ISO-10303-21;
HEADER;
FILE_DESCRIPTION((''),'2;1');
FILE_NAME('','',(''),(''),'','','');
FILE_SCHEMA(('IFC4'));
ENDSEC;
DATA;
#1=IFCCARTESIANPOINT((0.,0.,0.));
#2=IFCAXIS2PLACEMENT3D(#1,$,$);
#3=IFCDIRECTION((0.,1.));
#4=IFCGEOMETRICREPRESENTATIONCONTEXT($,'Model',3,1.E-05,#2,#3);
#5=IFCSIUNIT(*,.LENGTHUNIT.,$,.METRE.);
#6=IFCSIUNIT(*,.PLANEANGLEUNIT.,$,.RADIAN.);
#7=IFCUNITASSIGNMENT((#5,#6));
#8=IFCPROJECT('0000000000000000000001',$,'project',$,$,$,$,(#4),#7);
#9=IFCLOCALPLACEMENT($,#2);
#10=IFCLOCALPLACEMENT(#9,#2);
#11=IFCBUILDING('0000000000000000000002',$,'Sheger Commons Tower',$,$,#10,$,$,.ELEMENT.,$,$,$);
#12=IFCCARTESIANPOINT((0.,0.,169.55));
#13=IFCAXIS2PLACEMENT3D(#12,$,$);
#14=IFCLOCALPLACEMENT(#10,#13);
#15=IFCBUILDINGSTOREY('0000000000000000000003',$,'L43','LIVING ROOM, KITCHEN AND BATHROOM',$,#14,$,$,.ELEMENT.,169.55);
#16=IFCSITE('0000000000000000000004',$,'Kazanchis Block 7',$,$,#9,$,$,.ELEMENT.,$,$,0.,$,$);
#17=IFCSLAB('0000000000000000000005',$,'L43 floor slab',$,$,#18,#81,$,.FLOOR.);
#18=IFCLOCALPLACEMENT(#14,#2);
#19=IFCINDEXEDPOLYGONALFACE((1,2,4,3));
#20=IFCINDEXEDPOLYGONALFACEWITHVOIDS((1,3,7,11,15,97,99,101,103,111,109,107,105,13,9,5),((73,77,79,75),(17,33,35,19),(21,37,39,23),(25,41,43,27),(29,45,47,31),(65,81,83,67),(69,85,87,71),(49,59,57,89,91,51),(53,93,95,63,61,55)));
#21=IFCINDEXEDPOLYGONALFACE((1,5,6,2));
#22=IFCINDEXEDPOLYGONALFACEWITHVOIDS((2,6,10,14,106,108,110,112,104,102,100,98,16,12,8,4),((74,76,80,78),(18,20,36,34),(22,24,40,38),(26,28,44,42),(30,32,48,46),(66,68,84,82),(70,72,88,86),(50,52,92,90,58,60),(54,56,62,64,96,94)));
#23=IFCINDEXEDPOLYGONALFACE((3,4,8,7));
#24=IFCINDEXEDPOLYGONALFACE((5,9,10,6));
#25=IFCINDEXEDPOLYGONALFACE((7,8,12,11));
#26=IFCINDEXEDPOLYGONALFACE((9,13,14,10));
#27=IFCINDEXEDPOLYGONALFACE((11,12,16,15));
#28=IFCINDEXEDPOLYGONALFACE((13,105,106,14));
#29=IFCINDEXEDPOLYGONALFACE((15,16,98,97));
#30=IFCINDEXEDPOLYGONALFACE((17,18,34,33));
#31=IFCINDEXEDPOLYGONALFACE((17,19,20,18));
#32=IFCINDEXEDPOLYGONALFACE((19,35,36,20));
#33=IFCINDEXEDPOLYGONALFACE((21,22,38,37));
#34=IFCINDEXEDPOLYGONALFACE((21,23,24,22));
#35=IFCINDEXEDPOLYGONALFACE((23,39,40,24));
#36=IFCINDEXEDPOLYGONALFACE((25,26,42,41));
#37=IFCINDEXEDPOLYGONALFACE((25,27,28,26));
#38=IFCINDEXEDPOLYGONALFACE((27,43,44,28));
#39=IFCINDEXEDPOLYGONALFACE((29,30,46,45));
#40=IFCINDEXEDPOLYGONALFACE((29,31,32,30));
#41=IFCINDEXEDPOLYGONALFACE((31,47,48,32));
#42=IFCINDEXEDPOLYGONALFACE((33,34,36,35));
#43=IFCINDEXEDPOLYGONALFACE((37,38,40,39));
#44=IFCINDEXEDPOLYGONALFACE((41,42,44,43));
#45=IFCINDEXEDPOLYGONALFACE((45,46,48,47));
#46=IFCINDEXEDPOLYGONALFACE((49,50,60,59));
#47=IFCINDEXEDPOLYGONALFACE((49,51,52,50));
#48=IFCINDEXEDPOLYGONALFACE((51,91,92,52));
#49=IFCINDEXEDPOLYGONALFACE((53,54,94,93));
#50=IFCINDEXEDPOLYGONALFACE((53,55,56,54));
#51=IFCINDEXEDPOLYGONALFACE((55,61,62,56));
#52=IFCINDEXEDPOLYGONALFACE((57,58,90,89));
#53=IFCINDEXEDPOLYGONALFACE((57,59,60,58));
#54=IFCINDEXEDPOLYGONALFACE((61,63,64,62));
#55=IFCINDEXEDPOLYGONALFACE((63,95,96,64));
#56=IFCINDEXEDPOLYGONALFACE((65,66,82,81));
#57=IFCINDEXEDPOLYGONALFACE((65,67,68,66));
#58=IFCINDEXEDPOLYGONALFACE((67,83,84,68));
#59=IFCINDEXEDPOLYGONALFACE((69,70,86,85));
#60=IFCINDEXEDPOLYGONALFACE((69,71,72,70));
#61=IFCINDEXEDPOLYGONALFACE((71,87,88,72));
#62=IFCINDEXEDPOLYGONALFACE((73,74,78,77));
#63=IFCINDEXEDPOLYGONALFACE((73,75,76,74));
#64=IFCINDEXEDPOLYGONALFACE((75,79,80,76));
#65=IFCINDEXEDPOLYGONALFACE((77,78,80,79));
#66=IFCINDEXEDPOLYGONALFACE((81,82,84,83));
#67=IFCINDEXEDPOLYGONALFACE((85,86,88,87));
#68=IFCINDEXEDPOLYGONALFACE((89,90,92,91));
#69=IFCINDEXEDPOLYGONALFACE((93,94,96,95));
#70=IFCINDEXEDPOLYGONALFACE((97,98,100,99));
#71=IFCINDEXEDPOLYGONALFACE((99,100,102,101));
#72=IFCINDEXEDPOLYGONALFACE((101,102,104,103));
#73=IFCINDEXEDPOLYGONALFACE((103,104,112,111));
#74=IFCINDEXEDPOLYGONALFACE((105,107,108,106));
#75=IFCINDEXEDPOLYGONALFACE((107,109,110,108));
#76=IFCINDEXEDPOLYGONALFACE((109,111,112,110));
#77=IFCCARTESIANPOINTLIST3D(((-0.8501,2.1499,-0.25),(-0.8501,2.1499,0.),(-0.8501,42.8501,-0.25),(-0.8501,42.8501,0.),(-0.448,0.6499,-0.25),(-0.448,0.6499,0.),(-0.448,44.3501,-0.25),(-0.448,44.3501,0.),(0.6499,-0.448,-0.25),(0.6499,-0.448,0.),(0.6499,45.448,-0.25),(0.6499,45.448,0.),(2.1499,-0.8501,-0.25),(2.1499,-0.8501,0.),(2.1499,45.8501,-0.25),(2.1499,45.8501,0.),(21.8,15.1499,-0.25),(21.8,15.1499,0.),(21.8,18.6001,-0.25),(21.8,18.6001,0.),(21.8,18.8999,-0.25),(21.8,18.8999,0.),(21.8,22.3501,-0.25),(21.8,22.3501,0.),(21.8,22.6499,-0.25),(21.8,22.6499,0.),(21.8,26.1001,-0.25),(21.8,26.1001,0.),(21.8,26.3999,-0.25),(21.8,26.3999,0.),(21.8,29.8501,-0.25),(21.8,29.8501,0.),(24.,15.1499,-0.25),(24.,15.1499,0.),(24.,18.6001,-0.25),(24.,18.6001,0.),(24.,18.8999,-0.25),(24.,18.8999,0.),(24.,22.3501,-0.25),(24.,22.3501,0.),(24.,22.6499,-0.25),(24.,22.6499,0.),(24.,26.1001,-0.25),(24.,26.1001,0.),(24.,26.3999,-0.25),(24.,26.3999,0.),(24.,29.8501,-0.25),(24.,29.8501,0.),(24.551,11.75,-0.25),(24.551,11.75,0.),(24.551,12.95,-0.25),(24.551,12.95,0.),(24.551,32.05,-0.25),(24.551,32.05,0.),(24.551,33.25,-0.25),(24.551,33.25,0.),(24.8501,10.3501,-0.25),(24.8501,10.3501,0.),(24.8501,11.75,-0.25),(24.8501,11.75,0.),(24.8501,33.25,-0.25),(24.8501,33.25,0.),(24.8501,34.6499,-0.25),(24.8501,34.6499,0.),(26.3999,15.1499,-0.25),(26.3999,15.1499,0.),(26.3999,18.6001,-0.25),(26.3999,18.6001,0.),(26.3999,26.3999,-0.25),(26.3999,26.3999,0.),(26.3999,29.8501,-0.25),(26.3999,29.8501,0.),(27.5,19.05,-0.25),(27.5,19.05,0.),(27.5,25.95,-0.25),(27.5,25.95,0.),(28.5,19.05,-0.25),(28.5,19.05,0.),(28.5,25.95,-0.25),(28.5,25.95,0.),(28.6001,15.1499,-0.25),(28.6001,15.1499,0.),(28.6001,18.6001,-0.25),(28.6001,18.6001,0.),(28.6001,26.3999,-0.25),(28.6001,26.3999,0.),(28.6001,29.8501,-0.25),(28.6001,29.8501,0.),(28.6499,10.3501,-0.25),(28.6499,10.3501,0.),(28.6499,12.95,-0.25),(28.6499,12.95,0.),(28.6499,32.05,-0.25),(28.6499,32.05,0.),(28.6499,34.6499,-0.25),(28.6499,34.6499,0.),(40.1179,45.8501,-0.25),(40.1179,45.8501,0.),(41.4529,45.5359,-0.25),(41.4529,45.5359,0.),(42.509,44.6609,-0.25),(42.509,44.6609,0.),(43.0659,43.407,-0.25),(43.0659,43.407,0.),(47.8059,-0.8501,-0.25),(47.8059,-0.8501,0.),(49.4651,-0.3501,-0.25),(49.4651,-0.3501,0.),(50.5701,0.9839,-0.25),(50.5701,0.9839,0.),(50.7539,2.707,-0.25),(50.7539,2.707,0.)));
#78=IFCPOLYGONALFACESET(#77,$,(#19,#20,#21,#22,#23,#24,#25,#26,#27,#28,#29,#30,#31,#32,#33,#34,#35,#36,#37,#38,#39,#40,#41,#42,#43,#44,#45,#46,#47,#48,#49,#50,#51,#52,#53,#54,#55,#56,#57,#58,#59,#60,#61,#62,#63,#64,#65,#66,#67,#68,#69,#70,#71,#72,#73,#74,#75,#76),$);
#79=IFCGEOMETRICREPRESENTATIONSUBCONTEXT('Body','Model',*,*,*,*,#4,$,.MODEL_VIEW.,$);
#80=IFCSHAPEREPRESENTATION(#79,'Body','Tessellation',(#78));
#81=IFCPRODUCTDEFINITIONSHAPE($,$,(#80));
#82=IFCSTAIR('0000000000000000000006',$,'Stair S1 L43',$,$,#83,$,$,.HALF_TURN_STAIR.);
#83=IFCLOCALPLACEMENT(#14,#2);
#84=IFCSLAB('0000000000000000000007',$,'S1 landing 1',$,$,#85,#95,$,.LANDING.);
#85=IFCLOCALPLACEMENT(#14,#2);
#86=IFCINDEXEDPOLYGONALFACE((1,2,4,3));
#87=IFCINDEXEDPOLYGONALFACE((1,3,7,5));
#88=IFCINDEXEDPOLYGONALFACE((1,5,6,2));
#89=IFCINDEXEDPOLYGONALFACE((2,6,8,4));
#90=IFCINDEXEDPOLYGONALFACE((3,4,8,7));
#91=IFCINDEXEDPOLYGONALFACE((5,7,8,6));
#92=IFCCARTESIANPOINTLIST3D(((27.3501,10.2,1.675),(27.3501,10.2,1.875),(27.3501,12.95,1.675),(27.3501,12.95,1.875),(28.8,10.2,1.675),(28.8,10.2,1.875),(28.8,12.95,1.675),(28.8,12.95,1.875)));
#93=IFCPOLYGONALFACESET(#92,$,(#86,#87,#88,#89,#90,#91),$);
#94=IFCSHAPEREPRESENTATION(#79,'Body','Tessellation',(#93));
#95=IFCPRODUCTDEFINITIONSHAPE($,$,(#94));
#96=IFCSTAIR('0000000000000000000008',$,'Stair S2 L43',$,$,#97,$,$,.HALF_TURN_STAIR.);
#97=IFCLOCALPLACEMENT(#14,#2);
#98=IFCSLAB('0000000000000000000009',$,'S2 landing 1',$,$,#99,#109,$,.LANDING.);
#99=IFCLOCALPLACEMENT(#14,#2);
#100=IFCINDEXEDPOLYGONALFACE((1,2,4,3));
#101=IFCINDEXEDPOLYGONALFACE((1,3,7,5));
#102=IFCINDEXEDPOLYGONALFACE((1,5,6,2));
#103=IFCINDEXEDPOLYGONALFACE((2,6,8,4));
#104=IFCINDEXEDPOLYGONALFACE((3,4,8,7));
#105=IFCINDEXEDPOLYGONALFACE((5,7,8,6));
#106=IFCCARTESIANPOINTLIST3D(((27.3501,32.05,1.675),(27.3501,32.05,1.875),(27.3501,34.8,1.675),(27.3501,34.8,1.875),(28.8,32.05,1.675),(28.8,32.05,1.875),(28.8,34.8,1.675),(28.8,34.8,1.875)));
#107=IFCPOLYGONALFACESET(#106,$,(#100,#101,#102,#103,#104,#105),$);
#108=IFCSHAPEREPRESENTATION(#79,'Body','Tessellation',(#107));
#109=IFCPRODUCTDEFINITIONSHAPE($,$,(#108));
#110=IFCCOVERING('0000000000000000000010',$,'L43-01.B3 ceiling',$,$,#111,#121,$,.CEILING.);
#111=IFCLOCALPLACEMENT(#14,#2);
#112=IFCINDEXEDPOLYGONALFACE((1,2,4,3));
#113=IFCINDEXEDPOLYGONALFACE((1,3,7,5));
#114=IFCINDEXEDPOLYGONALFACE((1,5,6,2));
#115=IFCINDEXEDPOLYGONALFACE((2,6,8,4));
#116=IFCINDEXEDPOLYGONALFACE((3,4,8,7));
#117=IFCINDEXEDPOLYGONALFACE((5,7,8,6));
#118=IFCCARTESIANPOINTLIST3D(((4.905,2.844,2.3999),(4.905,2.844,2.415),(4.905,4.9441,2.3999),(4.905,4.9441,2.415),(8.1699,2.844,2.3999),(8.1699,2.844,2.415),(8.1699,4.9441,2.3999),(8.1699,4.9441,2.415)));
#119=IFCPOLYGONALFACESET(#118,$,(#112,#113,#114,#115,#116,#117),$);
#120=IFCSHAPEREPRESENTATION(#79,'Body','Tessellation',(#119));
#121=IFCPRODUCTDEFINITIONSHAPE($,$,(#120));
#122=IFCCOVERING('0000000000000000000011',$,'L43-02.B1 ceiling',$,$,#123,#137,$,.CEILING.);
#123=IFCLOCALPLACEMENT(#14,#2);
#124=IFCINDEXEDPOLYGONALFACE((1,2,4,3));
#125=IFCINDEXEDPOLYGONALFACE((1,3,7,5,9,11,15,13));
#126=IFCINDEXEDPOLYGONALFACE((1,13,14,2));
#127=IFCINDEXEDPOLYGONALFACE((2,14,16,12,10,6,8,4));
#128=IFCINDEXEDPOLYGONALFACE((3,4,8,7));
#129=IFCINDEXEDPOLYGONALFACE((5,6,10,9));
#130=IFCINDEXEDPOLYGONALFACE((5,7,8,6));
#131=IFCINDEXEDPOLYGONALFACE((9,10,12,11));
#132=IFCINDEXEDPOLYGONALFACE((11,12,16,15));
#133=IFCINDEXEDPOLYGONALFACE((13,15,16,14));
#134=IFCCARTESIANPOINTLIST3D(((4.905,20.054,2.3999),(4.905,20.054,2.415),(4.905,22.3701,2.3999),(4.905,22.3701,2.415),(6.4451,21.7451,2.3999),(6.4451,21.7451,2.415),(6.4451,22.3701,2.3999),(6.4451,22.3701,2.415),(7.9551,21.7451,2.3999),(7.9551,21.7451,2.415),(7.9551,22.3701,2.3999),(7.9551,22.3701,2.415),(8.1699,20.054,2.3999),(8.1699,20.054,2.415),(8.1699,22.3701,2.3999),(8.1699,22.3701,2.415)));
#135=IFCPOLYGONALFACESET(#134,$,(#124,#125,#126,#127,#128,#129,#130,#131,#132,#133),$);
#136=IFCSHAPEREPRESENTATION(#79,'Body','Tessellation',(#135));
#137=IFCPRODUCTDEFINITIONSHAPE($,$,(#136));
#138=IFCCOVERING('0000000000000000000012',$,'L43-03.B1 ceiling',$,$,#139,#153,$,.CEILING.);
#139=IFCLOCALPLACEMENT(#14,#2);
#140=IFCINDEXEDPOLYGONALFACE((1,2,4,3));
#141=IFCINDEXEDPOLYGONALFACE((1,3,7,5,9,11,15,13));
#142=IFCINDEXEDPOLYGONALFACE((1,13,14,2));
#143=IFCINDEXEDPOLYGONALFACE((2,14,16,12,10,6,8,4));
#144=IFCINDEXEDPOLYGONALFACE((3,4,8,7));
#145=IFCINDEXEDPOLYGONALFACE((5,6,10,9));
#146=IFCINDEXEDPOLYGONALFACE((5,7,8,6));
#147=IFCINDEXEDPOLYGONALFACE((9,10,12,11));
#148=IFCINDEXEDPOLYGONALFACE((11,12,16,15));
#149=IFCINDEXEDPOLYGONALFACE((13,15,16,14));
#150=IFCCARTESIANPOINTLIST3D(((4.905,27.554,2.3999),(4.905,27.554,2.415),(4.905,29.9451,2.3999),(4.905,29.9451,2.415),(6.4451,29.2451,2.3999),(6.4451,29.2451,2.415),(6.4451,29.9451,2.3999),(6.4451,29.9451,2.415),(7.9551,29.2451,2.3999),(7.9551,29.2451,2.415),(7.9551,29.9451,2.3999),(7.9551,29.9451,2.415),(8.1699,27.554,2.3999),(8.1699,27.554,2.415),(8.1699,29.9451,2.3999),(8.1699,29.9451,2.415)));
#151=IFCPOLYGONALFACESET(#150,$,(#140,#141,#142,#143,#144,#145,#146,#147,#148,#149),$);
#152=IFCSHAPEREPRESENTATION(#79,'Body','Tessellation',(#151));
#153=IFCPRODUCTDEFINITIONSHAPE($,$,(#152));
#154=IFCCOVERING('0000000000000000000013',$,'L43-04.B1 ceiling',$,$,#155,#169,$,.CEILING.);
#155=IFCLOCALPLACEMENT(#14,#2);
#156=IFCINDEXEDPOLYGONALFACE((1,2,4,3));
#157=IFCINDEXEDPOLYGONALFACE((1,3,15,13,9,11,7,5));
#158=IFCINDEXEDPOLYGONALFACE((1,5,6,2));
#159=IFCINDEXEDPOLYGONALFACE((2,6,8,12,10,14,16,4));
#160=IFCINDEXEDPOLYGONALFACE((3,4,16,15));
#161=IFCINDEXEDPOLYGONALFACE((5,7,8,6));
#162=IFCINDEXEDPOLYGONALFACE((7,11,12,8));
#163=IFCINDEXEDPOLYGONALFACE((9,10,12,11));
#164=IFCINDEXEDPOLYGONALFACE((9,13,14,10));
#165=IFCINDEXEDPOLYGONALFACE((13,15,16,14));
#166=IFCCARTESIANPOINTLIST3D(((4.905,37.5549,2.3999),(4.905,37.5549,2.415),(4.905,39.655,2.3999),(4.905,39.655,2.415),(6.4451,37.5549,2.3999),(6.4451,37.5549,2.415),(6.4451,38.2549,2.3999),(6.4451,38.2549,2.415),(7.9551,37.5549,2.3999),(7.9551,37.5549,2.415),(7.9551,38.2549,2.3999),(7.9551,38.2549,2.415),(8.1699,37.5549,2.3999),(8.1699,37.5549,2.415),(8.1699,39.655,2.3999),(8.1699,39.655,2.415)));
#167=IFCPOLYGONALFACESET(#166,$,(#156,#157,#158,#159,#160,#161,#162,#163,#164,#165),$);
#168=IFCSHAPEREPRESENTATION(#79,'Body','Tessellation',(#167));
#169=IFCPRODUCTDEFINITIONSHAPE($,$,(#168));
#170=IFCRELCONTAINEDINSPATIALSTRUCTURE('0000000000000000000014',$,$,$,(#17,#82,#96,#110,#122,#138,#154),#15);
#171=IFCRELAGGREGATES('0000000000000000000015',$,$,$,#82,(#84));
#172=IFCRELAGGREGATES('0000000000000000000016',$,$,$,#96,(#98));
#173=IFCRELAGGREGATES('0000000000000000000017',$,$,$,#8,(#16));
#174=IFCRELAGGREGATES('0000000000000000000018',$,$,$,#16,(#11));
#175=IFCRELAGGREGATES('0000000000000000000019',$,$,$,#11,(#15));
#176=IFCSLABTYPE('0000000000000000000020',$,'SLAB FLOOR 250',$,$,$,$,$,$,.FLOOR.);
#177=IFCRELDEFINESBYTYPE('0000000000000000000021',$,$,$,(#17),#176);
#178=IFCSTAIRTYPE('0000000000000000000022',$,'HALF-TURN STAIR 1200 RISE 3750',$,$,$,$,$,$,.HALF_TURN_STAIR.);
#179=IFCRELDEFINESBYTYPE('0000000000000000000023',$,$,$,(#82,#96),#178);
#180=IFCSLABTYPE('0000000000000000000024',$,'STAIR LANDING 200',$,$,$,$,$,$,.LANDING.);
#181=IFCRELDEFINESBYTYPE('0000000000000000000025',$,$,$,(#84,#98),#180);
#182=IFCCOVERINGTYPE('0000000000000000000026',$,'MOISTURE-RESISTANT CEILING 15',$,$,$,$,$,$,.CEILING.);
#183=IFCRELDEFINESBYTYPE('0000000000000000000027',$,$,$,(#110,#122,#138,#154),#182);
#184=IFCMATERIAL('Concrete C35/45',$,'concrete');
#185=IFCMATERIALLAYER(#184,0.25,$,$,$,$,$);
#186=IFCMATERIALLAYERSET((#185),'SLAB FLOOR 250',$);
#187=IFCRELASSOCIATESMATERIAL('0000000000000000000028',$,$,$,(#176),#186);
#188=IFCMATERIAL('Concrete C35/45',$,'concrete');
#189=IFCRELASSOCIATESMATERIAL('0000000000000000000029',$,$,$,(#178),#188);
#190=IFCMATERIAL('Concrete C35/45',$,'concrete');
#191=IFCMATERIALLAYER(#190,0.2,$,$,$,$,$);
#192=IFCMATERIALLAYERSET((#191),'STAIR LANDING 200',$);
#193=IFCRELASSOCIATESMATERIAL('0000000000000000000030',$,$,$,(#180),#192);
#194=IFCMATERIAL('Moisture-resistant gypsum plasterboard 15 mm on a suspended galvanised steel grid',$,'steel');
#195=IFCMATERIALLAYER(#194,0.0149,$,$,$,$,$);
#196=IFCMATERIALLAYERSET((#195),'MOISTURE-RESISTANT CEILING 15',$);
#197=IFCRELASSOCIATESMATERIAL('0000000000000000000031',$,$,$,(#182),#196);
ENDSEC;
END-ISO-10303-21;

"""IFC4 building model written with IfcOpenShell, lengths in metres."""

from ifc_helpers import new_model, si_unit, direction, frame, origin, place, context, subcontext, project, spatial, polyline, outline, extrude, material, layer, layer_set, type_object, element, aggregate, save


model = new_model("IFC4")

# Units and contexts
model_context = context("Model", 3, precision=1e-05, world=origin(), true_north=direction((0.0, 1.0)))
body_context = subcontext(model_context, "Body", "Model", "MODEL_VIEW")
ifc_project = project(units=[si_unit("LENGTHUNIT", "METRE"), si_unit("PLANEANGLEUNIT", "RADIAN")], contexts=[model_context])

# Site, building, storey
site_placement = place(None, origin())
site = spatial("IfcSite", under=ifc_project, at=site_placement, Name="Kazanchis Block 7", CompositionType="ELEMENT", RefElevation=0.0)
building_placement = place(site_placement, origin())
building = spatial("IfcBuilding", under=site, at=building_placement, Name="Sheger Commons Tower", CompositionType="ELEMENT")
storey_placement = place(building_placement, frame((0.0, 0.0, 169.55)))
storey = spatial("IfcBuildingStorey", under=building, at=storey_placement, Name="L43", Description="LIVING ROOM, KITCHEN AND BATHROOM", CompositionType="ELEMENT", Elevation=169.55)

# Slab
ifc_material_1 = material(Name="Concrete C35/45", Category="concrete")
ifc_layer_1 = layer(ifc_material_1, 0.25)
ifc_layer_set_1 = layer_set([ifc_layer_1], Name="SLAB FLOOR 250")
slab_type_1 = type_object("IfcSlabType", Name="SLAB FLOOR 250", PredefinedType="FLOOR", material=ifc_layer_set_1)
slab_1_placement = place(storey_placement, frame((0.0, 0.0, -0.25)))
element("IfcSlab", 1, at=slab_1_placement, inside=storey, type_object=slab_type_1, Name="L43 floor slab", PredefinedType="FLOOR", context=body_context, shape_type="SweptSolid", body=[
    extrude(outline(polyline([(-0.8501, 2.1499), (-0.448, 0.6499), (0.6499, -0.448), (2.1499, -0.8501), (47.8059, -0.8501), (49.4651, -0.3501), (50.5701, 0.9839), (50.7539, 2.707), (43.0659, 43.407), (42.509, 44.6609), (41.4529, 45.5359), (40.1179, 45.8501), (2.1499, 45.8501), (0.6499, 45.448), (-0.448, 44.3501), (-0.8501, 42.8501), (-0.8501, 2.1499)]), holes=[polyline([(24.8501, 10.3501), (28.6499, 10.3501), (28.6499, 12.95), (24.551, 12.95), (24.551, 11.75), (24.8501, 11.75), (24.8501, 10.3501)]), polyline([(24.551, 32.05), (28.6499, 32.05), (28.6499, 34.6499), (24.8501, 34.6499), (24.8501, 33.25), (24.551, 33.25), (24.551, 32.05)]), polyline([(26.3999, 15.1499), (28.6001, 15.1499), (28.6001, 18.6001), (26.3999, 18.6001), (26.3999, 15.1499)]), polyline([(26.3999, 26.3999), (28.6001, 26.3999), (28.6001, 29.8501), (26.3999, 29.8501), (26.3999, 26.3999)]), polyline([(21.8, 15.1499), (24.0, 15.1499), (24.0, 18.6001), (21.8, 18.6001), (21.8, 15.1499)]), polyline([(21.8, 18.8999), (24.0, 18.8999), (24.0, 22.3501), (21.8, 22.3501), (21.8, 18.8999)]), polyline([(21.8, 22.6499), (24.0, 22.6499), (24.0, 26.1001), (21.8, 26.1001), (21.8, 22.6499)]), polyline([(21.8, 26.3999), (24.0, 26.3999), (24.0, 29.8501), (21.8, 29.8501), (21.8, 26.3999)]), polyline([(27.5, 19.05), (28.5, 19.05), (28.5, 25.95), (27.5, 25.95), (27.5, 19.05)])]), origin(), (0.0, 0.0, 1.0), 0.25),
])

# Stairs, slabs
ifc_material_2 = material(Name="Concrete C35/45", Category="concrete")
stair_type = type_object("IfcStairType", Name="HALF-TURN STAIR 1200 RISE 3750", PredefinedType="HALF_TURN_STAIR", material=ifc_material_2)
stair_1_placement = place(storey_placement, origin())
stair_1 = element("IfcStair", 2, at=stair_1_placement, inside=storey, type_object=stair_type, Name="Stair S1 L43", PredefinedType="HALF_TURN_STAIR")
ifc_material_3 = material(Name="Concrete C35/45", Category="concrete")
ifc_layer_2 = layer(ifc_material_3, 0.2)
ifc_layer_set_2 = layer_set([ifc_layer_2], Name="STAIR LANDING 200")
slab_type_2 = type_object("IfcSlabType", Name="STAIR LANDING 200", PredefinedType="LANDING", material=ifc_layer_set_2)
slab_2_placement = place(storey_placement, frame((0.0, 0.0, 1.675)))
slab_2 = element("IfcSlab", 3, at=slab_2_placement, type_object=slab_type_2, Name="S1 landing 1", PredefinedType="LANDING", context=body_context, shape_type="SweptSolid", body=[
    extrude(outline(polyline([(27.3501, 10.2), (28.8, 10.2), (28.8, 12.95), (27.3501, 12.95), (27.3501, 10.2)])), origin(), (0.0, 0.0, 1.0), 0.2),
])
aggregate(stair_1, [slab_2])
stair_2_placement = place(storey_placement, origin())
stair_2 = element("IfcStair", 4, at=stair_2_placement, inside=storey, type_object=stair_type, Name="Stair S2 L43", PredefinedType="HALF_TURN_STAIR")
slab_3_placement = place(storey_placement, frame((0.0, 0.0, 1.675)))
slab_3 = element("IfcSlab", 5, at=slab_3_placement, type_object=slab_type_2, Name="S2 landing 1", PredefinedType="LANDING", context=body_context, shape_type="SweptSolid", body=[
    extrude(outline(polyline([(27.3501, 32.05), (28.8, 32.05), (28.8, 34.8), (27.3501, 34.8), (27.3501, 32.05)])), origin(), (0.0, 0.0, 1.0), 0.2),
])
aggregate(stair_2, [slab_3])

# Coverings
ifc_material_4 = material(Name="Moisture-resistant gypsum plasterboard 15 mm on a suspended galvanised steel grid", Category="steel")
ifc_layer_3 = layer(ifc_material_4, 0.0149)
ifc_layer_set_3 = layer_set([ifc_layer_3], Name="MOISTURE-RESISTANT CEILING 15")
covering_type_1 = type_object("IfcCoveringType", Name="MOISTURE-RESISTANT CEILING 15", PredefinedType="CEILING", material=ifc_layer_set_3)
covering_1_placement = place(storey_placement, frame((0.0, 0.0, 2.3999)))
element("IfcCovering", 6, at=covering_1_placement, inside=storey, type_object=covering_type_1, Name="L43-01.B3 ceiling", PredefinedType="CEILING", context=body_context, shape_type="SweptSolid", body=[
    extrude(outline(polyline([(4.905, 2.844), (8.1699, 2.844), (8.1699, 4.9441), (4.905, 4.9441), (4.905, 2.844)])), origin(), (0.0, 0.0, 1.0), 0.0151),
])
covering_2_placement = place(storey_placement, frame((0.0, 0.0, 2.3999)))
element("IfcCovering", 7, at=covering_2_placement, inside=storey, type_object=covering_type_1, Name="L43-02.B1 ceiling", PredefinedType="CEILING", context=body_context, shape_type="SweptSolid", body=[
    extrude(outline(polyline([(4.905, 20.054), (8.1699, 20.054), (8.1699, 22.3701), (7.9551, 22.3701), (7.9551, 21.7451), (6.4451, 21.7451), (6.4451, 22.3701), (4.905, 22.3701), (4.905, 20.054)])), origin(), (0.0, 0.0, 1.0), 0.0151),
])
covering_3_placement = place(storey_placement, frame((0.0, 0.0, 2.3999)))
element("IfcCovering", 8, at=covering_3_placement, inside=storey, type_object=covering_type_1, Name="L43-03.B1 ceiling", PredefinedType="CEILING", context=body_context, shape_type="SweptSolid", body=[
    extrude(outline(polyline([(4.905, 27.554), (8.1699, 27.554), (8.1699, 29.9451), (7.9551, 29.9451), (7.9551, 29.2451), (6.4451, 29.2451), (6.4451, 29.9451), (4.905, 29.9451), (4.905, 27.554)])), origin(), (0.0, 0.0, 1.0), 0.0151),
])
covering_4_placement = place(storey_placement, frame((0.0, 0.0, 2.3999)))
element("IfcCovering", 9, at=covering_4_placement, inside=storey, type_object=covering_type_1, Name="L43-04.B1 ceiling", PredefinedType="CEILING", context=body_context, shape_type="SweptSolid", body=[
    extrude(outline(polyline([(4.905, 37.5549), (6.4451, 37.5549), (6.4451, 38.2549), (7.9551, 38.2549), (7.9551, 37.5549), (8.1699, 37.5549), (8.1699, 39.655), (4.905, 39.655), (4.905, 37.5549)])), origin(), (0.0, 0.0, 1.0), 0.0151),
])

save(model, "model.ifc")
